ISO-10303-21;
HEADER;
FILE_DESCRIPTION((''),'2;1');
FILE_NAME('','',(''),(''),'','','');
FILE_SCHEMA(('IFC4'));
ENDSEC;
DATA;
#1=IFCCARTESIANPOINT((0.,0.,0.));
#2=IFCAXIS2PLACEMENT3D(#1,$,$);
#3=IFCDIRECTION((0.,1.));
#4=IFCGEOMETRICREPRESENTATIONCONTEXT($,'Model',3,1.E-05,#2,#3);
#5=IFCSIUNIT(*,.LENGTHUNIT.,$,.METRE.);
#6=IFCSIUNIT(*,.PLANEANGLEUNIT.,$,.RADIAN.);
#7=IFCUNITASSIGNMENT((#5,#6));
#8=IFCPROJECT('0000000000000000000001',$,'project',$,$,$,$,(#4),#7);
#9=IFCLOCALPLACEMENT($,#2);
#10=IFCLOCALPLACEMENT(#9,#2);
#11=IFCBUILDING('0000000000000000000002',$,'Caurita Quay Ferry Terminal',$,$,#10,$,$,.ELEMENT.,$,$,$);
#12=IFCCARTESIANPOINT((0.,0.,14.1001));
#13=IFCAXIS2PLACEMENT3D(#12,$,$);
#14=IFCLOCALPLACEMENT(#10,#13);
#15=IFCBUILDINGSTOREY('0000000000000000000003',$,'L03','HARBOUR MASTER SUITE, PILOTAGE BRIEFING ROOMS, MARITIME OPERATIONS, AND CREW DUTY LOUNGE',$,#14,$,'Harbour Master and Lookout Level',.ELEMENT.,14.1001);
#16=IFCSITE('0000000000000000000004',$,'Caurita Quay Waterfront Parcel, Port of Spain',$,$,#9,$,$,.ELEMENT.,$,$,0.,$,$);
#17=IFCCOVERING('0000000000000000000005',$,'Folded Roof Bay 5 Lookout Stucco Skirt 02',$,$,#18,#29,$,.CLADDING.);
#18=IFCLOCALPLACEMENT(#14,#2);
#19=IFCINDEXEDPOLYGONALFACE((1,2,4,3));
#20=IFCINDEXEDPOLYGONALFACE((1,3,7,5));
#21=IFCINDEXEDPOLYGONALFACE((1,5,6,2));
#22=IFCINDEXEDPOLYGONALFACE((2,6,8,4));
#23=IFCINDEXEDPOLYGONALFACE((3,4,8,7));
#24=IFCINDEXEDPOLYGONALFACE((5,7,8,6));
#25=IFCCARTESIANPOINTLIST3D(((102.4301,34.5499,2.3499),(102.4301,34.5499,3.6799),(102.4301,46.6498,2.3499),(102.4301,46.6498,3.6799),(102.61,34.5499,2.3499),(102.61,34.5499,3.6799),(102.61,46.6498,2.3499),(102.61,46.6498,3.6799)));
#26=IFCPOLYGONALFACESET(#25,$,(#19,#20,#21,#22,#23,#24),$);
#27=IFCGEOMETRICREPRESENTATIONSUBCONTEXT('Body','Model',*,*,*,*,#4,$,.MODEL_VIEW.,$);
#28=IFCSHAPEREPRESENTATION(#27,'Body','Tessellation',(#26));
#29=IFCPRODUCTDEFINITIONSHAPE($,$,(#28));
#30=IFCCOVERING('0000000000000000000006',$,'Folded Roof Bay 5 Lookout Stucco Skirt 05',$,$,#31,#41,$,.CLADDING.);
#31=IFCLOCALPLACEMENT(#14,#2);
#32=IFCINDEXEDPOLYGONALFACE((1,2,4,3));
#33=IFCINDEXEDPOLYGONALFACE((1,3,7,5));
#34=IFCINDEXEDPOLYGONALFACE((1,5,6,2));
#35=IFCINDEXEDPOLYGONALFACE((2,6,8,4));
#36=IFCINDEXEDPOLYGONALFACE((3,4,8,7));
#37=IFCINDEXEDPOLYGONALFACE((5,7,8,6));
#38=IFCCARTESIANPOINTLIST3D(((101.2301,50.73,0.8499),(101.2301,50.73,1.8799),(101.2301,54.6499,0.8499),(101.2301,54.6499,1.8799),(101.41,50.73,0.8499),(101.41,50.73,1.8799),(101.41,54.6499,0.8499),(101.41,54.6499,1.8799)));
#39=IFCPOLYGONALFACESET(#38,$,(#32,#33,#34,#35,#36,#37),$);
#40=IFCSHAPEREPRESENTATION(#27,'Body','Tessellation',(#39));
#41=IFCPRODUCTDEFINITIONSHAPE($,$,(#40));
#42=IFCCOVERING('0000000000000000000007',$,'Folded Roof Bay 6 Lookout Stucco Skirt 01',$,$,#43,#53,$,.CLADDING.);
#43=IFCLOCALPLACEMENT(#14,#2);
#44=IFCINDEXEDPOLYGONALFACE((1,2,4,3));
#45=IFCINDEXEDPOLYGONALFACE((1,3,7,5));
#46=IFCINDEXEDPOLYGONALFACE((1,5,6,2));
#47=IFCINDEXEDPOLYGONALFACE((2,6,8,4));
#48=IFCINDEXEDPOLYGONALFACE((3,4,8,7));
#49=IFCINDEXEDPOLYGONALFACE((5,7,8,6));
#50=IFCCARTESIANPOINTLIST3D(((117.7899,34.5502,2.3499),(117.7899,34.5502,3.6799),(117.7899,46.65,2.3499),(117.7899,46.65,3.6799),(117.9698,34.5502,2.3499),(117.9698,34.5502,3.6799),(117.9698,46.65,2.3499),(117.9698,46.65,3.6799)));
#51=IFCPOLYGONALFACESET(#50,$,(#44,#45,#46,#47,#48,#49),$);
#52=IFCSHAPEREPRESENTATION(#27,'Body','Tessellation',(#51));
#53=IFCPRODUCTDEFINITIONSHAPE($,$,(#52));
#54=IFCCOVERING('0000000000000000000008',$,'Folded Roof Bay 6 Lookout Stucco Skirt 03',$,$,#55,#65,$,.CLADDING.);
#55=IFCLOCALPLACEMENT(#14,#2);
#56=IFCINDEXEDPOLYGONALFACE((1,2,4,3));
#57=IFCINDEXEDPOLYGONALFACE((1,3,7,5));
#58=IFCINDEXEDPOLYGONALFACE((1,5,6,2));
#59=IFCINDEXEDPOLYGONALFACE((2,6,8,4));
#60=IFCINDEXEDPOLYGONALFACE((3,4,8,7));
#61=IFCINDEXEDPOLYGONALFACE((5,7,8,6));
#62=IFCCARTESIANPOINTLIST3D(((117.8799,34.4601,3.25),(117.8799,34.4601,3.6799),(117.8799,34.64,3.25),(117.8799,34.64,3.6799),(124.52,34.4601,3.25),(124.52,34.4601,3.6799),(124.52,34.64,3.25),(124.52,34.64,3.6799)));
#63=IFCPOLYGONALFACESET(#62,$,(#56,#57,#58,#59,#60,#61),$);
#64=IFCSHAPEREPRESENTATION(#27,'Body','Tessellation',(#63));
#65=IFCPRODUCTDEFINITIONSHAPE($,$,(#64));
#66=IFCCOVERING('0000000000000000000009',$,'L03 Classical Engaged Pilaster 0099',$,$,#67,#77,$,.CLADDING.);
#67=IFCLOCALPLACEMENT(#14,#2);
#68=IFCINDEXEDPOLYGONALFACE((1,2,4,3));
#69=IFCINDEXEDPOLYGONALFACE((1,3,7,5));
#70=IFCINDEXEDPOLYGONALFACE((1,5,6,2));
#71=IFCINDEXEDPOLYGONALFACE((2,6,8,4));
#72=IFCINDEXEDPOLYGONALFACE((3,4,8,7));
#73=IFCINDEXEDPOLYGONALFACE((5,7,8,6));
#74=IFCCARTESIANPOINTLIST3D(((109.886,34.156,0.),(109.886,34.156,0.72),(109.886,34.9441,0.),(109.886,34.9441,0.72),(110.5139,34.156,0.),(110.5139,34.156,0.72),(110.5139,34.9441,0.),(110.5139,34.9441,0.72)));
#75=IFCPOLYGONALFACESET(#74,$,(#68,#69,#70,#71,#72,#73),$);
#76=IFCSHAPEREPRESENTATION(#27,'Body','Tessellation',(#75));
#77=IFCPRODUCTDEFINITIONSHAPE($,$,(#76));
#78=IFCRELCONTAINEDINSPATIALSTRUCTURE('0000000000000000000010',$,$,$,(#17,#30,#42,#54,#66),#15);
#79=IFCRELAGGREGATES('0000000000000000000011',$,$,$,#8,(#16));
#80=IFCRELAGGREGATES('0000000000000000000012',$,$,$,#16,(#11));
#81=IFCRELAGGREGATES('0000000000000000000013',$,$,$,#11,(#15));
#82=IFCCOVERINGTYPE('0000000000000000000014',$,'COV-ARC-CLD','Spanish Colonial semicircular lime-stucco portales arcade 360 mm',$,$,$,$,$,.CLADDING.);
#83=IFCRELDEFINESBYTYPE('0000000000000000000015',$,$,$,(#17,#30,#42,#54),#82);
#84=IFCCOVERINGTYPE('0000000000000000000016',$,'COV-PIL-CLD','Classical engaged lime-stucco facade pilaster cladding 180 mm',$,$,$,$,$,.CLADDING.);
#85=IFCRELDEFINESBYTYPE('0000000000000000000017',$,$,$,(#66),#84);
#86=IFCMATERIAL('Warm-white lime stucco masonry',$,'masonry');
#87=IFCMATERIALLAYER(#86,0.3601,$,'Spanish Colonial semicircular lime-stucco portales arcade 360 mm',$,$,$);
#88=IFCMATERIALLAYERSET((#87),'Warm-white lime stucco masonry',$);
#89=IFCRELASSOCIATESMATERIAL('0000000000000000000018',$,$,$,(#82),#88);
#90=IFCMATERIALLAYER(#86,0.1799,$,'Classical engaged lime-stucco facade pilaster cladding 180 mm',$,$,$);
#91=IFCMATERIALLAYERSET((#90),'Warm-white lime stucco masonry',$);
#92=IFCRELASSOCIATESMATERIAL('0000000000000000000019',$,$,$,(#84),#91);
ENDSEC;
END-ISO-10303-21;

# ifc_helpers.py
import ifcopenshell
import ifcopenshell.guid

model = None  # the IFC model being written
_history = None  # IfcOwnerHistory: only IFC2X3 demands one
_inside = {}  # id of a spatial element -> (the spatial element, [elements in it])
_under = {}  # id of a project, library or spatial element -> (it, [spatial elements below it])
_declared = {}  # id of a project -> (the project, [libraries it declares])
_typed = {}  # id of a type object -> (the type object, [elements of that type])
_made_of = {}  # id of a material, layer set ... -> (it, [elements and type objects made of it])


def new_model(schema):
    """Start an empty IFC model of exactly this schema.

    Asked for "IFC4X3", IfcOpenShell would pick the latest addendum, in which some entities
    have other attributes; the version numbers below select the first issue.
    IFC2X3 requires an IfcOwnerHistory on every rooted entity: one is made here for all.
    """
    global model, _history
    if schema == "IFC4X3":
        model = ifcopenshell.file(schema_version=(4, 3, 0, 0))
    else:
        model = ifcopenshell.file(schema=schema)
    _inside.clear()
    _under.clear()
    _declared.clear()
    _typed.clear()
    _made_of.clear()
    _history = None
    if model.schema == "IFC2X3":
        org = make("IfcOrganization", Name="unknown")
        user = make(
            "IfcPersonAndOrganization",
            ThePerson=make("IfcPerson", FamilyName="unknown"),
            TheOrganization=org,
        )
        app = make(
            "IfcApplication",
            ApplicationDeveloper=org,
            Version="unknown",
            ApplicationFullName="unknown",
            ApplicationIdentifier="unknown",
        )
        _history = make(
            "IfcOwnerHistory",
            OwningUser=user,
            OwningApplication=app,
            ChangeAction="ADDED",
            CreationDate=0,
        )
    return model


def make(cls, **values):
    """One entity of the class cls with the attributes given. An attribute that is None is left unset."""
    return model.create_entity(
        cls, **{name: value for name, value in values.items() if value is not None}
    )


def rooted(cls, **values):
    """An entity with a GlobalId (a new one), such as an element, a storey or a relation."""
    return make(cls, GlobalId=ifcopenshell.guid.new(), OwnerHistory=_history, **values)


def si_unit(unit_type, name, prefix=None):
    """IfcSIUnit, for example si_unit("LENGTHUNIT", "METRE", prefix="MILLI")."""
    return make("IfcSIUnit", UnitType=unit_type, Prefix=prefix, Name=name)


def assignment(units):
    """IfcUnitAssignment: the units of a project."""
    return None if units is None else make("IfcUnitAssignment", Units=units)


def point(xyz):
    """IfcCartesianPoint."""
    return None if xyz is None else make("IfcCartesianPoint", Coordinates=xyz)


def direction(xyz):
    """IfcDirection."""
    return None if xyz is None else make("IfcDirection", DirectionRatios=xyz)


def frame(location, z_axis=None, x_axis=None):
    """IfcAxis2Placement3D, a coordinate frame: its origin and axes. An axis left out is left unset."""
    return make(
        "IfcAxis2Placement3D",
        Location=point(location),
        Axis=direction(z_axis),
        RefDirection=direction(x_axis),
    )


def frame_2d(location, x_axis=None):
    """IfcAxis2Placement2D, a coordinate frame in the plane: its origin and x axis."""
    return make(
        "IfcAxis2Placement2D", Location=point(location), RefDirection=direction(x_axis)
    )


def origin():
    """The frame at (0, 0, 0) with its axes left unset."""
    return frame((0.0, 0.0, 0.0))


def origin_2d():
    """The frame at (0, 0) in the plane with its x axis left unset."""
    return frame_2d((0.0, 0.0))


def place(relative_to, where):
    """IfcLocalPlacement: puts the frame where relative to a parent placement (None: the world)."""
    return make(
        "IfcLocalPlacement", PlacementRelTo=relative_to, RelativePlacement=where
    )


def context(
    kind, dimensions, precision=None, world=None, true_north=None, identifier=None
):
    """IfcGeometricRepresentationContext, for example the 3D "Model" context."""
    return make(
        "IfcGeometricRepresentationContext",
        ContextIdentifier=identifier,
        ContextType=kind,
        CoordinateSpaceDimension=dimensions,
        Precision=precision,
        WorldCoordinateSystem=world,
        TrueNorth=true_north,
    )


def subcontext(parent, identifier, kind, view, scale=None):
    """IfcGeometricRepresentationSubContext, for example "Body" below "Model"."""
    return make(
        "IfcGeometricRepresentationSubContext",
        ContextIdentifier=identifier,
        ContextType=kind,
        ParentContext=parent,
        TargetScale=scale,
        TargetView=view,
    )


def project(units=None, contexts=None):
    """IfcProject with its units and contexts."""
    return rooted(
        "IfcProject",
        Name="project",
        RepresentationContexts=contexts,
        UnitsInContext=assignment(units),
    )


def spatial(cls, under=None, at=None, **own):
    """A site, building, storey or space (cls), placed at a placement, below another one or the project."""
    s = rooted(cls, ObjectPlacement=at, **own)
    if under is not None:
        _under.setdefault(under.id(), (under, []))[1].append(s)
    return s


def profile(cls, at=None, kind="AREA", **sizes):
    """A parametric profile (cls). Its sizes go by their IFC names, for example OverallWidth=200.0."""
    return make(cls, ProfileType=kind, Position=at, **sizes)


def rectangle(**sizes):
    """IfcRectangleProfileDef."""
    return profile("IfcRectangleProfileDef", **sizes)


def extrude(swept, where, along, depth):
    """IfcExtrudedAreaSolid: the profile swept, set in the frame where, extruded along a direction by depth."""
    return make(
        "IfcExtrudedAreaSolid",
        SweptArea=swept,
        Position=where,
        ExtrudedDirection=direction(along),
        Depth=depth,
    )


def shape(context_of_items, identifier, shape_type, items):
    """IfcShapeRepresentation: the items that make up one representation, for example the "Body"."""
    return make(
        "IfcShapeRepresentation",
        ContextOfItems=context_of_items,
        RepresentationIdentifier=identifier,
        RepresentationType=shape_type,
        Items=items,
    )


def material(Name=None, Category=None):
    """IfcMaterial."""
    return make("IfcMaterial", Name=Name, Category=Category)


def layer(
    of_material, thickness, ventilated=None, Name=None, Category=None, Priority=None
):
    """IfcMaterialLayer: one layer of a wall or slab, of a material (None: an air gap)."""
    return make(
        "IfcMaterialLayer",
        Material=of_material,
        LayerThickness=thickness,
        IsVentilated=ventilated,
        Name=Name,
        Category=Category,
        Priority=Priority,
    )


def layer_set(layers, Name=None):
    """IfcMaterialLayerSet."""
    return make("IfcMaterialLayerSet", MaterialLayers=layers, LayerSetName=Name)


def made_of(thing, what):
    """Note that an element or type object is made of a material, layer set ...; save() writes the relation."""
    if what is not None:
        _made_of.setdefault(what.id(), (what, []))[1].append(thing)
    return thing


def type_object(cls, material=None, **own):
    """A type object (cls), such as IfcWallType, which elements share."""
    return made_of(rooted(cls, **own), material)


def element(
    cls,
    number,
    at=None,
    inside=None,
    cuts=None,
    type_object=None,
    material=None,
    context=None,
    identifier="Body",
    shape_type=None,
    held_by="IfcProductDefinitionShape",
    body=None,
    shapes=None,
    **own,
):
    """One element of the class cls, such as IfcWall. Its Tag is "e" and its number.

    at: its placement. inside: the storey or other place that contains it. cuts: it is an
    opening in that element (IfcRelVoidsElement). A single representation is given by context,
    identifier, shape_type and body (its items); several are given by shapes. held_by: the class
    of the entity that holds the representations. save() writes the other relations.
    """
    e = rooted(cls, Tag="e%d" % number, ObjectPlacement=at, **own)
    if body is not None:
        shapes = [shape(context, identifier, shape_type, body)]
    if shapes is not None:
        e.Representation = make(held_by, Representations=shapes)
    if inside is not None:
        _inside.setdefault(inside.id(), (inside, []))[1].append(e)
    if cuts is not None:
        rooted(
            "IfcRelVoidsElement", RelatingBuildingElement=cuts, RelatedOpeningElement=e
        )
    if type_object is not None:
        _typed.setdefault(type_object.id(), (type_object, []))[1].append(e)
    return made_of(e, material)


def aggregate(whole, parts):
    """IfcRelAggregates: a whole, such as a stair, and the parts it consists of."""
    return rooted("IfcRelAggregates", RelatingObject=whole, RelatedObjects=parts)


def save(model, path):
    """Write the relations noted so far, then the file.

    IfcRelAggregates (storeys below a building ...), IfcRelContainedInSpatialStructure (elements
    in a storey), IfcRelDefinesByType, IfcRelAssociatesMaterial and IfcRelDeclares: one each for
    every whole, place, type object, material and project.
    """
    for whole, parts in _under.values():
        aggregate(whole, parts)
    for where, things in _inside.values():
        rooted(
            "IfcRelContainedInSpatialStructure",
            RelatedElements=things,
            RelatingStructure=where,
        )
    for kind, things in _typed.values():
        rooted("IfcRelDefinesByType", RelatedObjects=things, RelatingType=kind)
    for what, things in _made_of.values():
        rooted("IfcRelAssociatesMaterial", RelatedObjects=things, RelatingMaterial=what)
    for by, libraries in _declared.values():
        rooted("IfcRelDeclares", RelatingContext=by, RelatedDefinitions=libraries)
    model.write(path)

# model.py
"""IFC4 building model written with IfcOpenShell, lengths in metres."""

from ifc_helpers import new_model, si_unit, direction, frame, frame_2d, origin, origin_2d, place, context, subcontext, project, spatial, rectangle, extrude, material, layer, layer_set, type_object, element, save


model = new_model("IFC4")

# Units and contexts
model_context = context("Model", 3, precision=1e-05, world=origin(), true_north=direction((0.0, 1.0)))
body_context = subcontext(model_context, "Body", "Model", "MODEL_VIEW")
ifc_project = project(units=[si_unit("LENGTHUNIT", "METRE"), si_unit("PLANEANGLEUNIT", "RADIAN")], contexts=[model_context])

# Site, building, storey
site_placement = place(None, origin())
site = spatial("IfcSite", under=ifc_project, at=site_placement, Name="Caurita Quay Waterfront Parcel, Port of Spain", CompositionType="ELEMENT", RefElevation=0.0)
building_placement = place(site_placement, origin())
building = spatial("IfcBuilding", under=site, at=building_placement, Name="Caurita Quay Ferry Terminal", CompositionType="ELEMENT")
storey_placement = place(building_placement, frame((0.0, 0.0, 14.1001)))
storey = spatial("IfcBuildingStorey", under=building, at=storey_placement, Name="L03", Description="HARBOUR MASTER SUITE, PILOTAGE BRIEFING ROOMS, MARITIME OPERATIONS, AND CREW DUTY LOUNGE", LongName="Harbour Master and Lookout Level", CompositionType="ELEMENT", Elevation=14.1001)

# Coverings
ifc_material_1 = material(Name="Warm-white lime stucco masonry", Category="masonry")
ifc_layer_1 = layer(ifc_material_1, 0.3601, Name="Spanish Colonial semicircular lime-stucco portales arcade 360 mm")
ifc_layer_set_1 = layer_set([ifc_layer_1], Name="Warm-white lime stucco masonry")
covering_type_1 = type_object("IfcCoveringType", Name="COV-ARC-CLD", Description="Spanish Colonial semicircular lime-stucco portales arcade 360 mm", PredefinedType="CLADDING", material=ifc_layer_set_1)
covering_1_placement = place(storey_placement, frame((102.52, 34.55, 2.3499), z_axis=(0.0, 0.0, 1.0), x_axis=(0.0, 1.0, 0.0)))
element("IfcCovering", 1, at=covering_1_placement, inside=storey, type_object=covering_type_1, Name="Folded Roof Bay 5 Lookout Stucco Skirt 02", PredefinedType="CLADDING", context=body_context, shape_type="SweptSolid", body=[
    extrude(rectangle(XDim=12.0999, YDim=0.1799, at=frame_2d((6.0498, 0.0))), origin(), (0.0, 0.0, 1.0), 1.3301),
])
covering_2_placement = place(storey_placement, frame((101.3201, 50.73, 0.8499), z_axis=(0.0, 0.0, 1.0), x_axis=(0.0, 1.0, 0.0)))
element("IfcCovering", 2, at=covering_2_placement, inside=storey, type_object=covering_type_1, Name="Folded Roof Bay 5 Lookout Stucco Skirt 05", PredefinedType="CLADDING", context=body_context, shape_type="SweptSolid", body=[
    extrude(rectangle(XDim=3.9199, YDim=0.1799, at=frame_2d((1.96, 0.0))), origin(), (0.0, 0.0, 1.0), 1.03),
])
covering_3_placement = place(storey_placement, frame((117.8799, 46.6499, 2.3499), z_axis=(0.0, 0.0, 1.0), x_axis=(0.0, -1.0, 0.0)))
element("IfcCovering", 3, at=covering_3_placement, inside=storey, type_object=covering_type_1, Name="Folded Roof Bay 6 Lookout Stucco Skirt 01", PredefinedType="CLADDING", context=body_context, shape_type="SweptSolid", body=[
    extrude(rectangle(XDim=12.0999, YDim=0.1799, at=frame_2d((6.0498, 0.0))), origin(), (0.0, 0.0, 1.0), 1.3301),
])
covering_4_placement = place(storey_placement, frame((117.8799, 34.55, 3.25), z_axis=(0.0, 0.0, 1.0), x_axis=(1.0, 0.0, 0.0)))
element("IfcCovering", 4, at=covering_4_placement, inside=storey, type_object=covering_type_1, Name="Folded Roof Bay 6 Lookout Stucco Skirt 03", PredefinedType="CLADDING", context=body_context, shape_type="SweptSolid", body=[
    extrude(rectangle(XDim=6.6401, YDim=0.1799, at=frame_2d((3.3201, 0.0))), origin(), (0.0, 0.0, 1.0), 0.4299),
])
ifc_layer_2 = layer(ifc_material_1, 0.1799, Name="Classical engaged lime-stucco facade pilaster cladding 180 mm")
ifc_layer_set_2 = layer_set([ifc_layer_2], Name="Warm-white lime stucco masonry")
covering_type_2 = type_object("IfcCoveringType", Name="COV-PIL-CLD", Description="Classical engaged lime-stucco facade pilaster cladding 180 mm", PredefinedType="CLADDING", material=ifc_layer_set_2)
covering_5_placement = place(storey_placement, frame((110.2, 34.55, 0.0), z_axis=(0.0, 0.0, 1.0), x_axis=(1.0, 0.0, 0.0)))
element("IfcCovering", 5, at=covering_5_placement, inside=storey, type_object=covering_type_2, Name="L03 Classical Engaged Pilaster 0099", PredefinedType="CLADDING", context=body_context, shape_type="SweptSolid", body=[
    extrude(rectangle(XDim=0.6279, YDim=0.7881, at=origin_2d()), origin(), (0.0, 0.0, 1.0), 0.72),
])

save(model, "model.ifc")
